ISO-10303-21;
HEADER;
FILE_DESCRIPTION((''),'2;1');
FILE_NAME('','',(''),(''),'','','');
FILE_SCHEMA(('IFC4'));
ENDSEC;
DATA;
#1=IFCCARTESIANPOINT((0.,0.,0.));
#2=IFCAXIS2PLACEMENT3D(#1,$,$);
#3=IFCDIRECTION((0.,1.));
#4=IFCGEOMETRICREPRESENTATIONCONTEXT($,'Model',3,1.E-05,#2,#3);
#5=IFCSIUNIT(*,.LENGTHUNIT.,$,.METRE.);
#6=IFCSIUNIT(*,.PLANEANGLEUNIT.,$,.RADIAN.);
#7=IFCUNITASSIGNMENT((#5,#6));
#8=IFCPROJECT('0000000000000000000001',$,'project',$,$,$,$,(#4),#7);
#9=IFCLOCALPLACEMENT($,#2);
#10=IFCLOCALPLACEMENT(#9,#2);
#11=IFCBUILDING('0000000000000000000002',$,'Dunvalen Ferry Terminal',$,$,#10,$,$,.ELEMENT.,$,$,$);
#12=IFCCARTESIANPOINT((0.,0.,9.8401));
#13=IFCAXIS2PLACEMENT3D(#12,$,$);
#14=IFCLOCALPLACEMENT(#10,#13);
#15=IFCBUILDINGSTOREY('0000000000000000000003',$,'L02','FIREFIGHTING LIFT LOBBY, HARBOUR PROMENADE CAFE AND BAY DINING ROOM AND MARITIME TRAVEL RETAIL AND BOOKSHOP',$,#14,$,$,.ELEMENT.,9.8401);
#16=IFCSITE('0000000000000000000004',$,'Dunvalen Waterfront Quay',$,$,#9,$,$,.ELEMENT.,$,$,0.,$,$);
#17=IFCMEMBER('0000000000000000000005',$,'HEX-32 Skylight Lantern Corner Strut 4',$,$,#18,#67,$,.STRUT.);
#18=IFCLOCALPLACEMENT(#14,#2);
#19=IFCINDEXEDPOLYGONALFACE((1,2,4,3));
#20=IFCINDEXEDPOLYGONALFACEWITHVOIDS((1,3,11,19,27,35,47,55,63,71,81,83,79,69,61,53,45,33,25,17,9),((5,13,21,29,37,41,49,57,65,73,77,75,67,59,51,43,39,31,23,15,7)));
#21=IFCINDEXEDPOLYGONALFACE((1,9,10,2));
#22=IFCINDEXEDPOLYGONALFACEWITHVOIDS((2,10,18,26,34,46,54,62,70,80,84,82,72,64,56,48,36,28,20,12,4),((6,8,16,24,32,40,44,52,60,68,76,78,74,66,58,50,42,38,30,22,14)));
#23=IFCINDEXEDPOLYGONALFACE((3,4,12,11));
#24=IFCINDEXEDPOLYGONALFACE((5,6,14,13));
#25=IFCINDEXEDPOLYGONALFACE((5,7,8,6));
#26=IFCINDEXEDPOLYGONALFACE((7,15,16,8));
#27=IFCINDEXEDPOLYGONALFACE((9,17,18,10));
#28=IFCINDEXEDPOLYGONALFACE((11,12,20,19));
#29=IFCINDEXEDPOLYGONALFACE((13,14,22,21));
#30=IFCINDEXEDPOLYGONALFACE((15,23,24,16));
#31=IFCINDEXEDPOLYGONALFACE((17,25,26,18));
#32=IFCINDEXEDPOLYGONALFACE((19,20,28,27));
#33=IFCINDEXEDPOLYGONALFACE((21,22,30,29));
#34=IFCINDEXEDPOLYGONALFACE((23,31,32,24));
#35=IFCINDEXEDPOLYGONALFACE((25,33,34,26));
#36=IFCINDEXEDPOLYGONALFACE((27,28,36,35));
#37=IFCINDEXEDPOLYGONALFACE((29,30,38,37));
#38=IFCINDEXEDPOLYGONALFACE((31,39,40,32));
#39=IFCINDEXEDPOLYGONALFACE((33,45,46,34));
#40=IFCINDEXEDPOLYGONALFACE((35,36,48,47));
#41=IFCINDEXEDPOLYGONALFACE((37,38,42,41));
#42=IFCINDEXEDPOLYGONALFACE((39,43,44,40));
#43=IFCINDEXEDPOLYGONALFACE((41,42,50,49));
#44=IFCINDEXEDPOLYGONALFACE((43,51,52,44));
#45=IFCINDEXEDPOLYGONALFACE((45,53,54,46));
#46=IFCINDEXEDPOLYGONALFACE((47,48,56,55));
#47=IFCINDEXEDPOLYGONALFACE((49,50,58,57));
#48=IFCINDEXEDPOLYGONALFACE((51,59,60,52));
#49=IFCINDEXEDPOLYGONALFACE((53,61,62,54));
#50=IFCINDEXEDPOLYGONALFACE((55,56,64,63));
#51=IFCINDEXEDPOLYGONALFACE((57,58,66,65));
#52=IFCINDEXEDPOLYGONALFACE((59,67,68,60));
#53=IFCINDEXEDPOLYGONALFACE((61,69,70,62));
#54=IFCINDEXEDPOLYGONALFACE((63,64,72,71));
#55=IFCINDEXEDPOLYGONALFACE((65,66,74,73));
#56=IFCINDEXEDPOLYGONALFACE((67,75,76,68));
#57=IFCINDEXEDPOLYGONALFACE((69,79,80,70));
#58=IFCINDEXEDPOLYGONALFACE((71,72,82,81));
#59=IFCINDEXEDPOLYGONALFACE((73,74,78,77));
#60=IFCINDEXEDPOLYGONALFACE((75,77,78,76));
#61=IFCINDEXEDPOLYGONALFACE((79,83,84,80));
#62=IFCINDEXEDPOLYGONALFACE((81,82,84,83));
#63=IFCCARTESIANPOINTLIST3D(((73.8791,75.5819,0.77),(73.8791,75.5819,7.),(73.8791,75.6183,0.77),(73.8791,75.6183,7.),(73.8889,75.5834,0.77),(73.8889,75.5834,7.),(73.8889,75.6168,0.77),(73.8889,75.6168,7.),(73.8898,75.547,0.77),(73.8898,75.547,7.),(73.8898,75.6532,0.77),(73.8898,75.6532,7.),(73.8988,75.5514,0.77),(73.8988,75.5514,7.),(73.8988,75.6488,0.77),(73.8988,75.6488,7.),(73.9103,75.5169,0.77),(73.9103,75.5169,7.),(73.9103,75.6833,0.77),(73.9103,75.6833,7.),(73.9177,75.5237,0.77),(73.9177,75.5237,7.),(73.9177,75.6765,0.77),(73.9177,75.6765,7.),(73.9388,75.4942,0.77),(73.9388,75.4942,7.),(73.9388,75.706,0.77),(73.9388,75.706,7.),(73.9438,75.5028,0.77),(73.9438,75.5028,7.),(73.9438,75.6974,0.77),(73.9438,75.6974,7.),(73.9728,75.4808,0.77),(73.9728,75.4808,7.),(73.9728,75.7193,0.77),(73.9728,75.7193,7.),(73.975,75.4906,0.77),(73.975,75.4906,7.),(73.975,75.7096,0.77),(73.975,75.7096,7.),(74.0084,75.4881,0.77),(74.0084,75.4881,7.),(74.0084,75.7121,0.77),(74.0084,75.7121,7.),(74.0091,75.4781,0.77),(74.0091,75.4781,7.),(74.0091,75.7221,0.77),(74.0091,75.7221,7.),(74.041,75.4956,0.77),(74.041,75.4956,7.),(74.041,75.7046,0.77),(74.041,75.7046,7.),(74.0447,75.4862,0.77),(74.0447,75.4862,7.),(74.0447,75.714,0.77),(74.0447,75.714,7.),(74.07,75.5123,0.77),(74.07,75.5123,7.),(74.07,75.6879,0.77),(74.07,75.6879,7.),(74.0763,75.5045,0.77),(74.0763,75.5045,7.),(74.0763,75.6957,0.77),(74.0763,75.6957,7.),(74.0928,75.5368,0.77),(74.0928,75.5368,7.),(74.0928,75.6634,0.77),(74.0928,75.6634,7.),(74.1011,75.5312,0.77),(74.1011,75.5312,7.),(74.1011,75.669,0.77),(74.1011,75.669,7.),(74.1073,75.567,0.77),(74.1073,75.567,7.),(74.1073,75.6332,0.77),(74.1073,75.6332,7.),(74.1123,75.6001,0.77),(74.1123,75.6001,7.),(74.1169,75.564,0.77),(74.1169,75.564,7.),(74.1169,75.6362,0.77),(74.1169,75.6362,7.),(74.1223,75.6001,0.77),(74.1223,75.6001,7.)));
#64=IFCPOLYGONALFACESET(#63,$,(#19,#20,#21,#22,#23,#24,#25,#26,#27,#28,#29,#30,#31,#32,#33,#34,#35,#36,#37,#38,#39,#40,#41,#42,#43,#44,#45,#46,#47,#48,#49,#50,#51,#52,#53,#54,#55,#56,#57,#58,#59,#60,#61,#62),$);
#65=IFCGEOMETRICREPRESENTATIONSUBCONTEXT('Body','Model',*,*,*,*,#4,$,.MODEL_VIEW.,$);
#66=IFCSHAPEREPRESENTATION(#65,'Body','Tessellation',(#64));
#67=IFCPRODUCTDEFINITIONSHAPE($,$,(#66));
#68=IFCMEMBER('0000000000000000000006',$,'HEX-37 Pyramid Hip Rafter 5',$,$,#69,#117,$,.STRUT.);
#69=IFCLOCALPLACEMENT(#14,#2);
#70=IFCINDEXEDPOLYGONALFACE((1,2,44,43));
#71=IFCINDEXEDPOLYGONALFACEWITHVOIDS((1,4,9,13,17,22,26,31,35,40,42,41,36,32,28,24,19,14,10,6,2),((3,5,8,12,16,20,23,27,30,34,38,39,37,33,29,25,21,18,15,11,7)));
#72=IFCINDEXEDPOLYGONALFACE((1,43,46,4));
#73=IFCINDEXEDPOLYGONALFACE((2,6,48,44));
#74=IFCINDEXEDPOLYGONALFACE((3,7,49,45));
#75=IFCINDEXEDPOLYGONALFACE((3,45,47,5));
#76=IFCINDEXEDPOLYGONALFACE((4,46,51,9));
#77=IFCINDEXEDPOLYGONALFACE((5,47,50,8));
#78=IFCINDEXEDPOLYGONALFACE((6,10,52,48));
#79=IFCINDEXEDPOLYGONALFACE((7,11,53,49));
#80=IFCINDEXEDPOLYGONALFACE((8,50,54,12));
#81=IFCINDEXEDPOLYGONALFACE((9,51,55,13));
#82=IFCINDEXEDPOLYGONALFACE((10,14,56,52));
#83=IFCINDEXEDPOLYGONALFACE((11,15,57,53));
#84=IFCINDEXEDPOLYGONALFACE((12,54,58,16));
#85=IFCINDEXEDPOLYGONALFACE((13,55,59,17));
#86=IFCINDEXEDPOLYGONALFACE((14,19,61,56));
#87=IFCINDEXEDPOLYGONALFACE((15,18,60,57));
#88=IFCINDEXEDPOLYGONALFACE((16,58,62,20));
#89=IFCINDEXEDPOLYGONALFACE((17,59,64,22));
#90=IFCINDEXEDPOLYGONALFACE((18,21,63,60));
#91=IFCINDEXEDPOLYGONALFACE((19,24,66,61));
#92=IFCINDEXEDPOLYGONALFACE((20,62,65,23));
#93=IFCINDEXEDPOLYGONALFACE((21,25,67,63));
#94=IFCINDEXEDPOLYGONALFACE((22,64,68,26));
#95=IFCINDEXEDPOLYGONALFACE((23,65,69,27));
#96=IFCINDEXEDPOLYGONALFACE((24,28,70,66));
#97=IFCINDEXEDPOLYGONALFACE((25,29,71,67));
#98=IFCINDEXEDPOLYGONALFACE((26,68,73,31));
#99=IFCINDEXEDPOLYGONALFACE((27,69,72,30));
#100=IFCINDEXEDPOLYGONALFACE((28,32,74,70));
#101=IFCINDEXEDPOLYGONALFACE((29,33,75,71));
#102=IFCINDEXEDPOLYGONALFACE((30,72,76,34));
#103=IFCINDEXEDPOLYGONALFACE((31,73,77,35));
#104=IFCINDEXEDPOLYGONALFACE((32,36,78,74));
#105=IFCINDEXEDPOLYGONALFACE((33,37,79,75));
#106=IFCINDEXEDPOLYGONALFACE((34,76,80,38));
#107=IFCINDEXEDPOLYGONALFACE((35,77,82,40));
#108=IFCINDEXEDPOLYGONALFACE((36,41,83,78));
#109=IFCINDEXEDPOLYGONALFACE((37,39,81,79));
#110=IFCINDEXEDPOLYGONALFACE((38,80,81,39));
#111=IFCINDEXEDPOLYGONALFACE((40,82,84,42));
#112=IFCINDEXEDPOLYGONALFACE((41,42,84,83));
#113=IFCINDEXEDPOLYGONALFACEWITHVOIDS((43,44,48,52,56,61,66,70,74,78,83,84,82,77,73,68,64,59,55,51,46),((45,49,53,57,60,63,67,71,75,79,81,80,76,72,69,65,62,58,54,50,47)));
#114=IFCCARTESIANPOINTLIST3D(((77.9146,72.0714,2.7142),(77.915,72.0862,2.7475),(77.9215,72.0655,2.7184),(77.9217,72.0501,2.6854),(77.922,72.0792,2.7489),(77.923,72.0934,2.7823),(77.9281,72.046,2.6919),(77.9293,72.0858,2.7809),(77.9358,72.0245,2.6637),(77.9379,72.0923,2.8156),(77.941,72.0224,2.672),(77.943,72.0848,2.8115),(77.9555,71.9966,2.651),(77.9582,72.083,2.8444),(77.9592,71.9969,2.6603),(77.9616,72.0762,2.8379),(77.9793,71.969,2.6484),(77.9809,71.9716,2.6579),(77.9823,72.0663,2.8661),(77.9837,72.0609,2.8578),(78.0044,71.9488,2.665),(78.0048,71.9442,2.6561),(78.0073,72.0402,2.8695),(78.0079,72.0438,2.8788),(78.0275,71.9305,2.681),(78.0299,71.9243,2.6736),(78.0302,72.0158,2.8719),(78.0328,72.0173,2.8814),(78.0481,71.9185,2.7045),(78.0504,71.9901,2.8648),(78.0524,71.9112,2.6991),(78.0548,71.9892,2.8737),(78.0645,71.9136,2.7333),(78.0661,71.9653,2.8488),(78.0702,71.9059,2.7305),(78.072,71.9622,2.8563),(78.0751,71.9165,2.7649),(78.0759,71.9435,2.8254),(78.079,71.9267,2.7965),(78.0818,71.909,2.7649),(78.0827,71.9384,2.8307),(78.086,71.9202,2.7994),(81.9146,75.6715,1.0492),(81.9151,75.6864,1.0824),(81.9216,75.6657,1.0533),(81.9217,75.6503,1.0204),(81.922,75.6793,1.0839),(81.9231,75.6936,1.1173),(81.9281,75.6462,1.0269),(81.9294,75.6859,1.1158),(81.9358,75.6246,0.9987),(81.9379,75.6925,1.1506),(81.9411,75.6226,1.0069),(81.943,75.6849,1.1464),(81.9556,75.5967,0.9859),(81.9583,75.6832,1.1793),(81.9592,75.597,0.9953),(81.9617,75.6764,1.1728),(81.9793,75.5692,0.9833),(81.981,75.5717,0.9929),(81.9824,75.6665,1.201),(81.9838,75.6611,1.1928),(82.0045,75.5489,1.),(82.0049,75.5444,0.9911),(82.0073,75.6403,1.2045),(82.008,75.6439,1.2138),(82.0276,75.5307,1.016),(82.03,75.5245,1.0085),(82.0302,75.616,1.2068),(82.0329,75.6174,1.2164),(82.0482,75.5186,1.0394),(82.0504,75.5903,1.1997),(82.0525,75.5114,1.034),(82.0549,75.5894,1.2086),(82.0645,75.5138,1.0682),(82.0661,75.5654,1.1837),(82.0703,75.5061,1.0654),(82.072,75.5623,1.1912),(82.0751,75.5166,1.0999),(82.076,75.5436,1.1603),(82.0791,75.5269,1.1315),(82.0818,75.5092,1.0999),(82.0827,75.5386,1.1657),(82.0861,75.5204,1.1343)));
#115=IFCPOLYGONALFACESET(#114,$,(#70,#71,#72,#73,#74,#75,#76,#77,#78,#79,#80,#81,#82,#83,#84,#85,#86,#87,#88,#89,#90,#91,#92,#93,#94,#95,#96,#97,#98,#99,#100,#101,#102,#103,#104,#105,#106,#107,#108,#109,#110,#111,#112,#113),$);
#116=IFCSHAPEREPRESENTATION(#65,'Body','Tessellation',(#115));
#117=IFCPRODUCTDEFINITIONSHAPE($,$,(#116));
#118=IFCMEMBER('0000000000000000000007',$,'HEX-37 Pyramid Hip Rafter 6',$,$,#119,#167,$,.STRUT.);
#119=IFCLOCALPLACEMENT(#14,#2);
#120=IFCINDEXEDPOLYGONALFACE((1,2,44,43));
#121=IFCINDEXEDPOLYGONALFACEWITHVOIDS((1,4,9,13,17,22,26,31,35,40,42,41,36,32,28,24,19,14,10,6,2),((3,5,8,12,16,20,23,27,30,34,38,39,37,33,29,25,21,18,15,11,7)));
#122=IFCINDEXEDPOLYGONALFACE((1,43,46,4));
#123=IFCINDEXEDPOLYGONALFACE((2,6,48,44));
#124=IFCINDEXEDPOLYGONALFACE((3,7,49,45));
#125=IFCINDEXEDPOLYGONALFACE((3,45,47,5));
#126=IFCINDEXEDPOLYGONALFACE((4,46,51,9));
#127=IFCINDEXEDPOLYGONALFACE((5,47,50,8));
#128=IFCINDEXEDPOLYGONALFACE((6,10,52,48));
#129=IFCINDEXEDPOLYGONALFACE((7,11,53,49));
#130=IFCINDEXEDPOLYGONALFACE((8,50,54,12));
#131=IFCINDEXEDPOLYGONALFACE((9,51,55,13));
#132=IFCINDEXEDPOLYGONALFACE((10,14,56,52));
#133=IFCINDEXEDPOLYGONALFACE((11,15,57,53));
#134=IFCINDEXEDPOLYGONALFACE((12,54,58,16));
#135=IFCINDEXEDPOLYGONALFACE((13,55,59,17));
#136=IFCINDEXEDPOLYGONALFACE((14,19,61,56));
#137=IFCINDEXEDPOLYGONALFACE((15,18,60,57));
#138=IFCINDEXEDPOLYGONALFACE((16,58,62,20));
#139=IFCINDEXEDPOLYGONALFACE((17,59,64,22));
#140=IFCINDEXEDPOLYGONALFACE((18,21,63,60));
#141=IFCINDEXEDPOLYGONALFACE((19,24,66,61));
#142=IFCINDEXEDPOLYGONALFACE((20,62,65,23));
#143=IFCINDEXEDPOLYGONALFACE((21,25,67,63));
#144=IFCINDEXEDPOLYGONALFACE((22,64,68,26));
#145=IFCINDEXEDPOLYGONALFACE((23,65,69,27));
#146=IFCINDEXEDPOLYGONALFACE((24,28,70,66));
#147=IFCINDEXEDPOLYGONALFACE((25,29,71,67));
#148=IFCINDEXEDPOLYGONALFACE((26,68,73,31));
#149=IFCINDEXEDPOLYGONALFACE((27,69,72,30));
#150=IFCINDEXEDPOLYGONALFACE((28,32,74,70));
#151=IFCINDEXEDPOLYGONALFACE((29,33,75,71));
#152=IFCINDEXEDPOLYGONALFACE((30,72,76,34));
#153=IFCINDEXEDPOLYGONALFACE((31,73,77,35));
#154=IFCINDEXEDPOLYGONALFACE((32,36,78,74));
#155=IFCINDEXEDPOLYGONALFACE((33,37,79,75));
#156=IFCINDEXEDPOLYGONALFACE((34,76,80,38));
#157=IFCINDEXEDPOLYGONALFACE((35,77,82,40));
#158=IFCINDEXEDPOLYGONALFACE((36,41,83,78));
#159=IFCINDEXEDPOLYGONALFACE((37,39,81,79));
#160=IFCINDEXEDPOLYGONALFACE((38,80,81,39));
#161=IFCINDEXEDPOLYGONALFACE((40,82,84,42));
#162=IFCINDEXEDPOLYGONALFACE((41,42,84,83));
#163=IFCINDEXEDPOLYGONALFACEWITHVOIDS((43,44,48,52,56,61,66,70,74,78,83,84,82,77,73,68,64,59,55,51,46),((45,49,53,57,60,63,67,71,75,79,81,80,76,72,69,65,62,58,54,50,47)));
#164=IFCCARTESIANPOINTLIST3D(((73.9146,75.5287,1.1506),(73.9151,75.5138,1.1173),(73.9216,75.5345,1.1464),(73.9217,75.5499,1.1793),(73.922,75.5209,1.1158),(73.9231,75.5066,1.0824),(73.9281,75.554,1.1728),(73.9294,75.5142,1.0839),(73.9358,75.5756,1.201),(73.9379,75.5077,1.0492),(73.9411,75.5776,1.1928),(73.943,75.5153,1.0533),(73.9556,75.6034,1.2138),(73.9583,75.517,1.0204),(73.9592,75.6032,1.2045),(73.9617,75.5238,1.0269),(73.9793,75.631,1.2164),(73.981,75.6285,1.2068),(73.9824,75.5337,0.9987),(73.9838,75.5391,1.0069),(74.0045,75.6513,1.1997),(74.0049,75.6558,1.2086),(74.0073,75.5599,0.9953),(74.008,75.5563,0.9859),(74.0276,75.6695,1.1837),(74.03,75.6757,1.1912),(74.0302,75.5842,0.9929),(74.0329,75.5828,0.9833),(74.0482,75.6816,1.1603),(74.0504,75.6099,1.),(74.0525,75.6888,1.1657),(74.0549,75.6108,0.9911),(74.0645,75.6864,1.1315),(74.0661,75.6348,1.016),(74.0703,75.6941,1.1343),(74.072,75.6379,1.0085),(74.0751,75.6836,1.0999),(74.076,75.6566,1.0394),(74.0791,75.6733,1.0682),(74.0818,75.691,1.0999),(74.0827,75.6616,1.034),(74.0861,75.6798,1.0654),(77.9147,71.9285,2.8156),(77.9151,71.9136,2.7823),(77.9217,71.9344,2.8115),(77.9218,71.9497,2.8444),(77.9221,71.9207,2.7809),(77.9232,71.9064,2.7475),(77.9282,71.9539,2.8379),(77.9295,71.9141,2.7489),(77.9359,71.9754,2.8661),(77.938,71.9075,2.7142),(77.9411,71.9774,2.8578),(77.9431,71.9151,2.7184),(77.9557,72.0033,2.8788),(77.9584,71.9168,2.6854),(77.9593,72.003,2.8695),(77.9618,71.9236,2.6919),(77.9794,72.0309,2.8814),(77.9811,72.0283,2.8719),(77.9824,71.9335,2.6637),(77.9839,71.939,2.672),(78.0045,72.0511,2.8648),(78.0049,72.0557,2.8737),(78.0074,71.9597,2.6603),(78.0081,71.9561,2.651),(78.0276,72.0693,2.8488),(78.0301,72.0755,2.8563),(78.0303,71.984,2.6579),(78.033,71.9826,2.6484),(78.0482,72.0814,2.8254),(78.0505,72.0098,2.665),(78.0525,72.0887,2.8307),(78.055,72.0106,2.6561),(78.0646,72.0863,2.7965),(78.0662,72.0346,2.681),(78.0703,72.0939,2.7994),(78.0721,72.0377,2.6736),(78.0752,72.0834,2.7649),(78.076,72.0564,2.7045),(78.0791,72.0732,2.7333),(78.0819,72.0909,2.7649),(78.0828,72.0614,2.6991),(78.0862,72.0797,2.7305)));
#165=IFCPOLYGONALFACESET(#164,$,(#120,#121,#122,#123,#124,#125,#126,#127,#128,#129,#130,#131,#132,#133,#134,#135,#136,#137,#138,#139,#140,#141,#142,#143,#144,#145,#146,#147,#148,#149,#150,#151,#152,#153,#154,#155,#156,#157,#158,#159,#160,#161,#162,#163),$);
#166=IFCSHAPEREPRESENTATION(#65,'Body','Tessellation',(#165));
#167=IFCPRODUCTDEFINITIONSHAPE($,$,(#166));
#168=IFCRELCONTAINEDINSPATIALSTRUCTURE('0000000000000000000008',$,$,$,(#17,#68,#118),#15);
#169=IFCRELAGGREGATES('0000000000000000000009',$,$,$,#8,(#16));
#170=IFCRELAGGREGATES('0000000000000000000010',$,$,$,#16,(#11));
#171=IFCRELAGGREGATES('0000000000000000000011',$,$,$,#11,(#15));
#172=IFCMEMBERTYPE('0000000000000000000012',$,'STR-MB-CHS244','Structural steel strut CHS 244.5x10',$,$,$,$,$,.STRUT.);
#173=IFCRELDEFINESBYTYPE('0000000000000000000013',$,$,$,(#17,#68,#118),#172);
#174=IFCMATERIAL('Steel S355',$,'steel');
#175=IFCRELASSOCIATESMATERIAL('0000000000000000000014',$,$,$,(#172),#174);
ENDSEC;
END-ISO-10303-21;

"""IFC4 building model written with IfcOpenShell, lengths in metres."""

from ifc_helpers import new_model, si_unit, direction, frame, origin, origin_2d, place, context, subcontext, project, spatial, hollow_circle, extrude, material, material_profile, profile_set, type_object, element, save


model = new_model("IFC4")

# Units and contexts
model_context = context("Model", 3, precision=1e-05, world=origin(), true_north=direction((0.0, 1.0)))
body_context = subcontext(model_context, "Body", "Model", "MODEL_VIEW")
ifc_project = project(units=[si_unit("LENGTHUNIT", "METRE"), si_unit("PLANEANGLEUNIT", "RADIAN")], contexts=[model_context])

# Site, building, storey
site_placement = place(None, origin())
site = spatial("IfcSite", under=ifc_project, at=site_placement, Name="Dunvalen Waterfront Quay", CompositionType="ELEMENT", RefElevation=0.0)
building_placement = place(site_placement, origin())
building = spatial("IfcBuilding", under=site, at=building_placement, Name="Dunvalen Ferry Terminal", CompositionType="ELEMENT")
storey_placement = place(building_placement, frame((0.0, 0.0, 9.8401)))
storey = spatial("IfcBuildingStorey", under=building, at=storey_placement, Name="L02", Description="FIREFIGHTING LIFT LOBBY, HARBOUR PROMENADE CAFE AND BAY DINING ROOM AND MARITIME TRAVEL RETAIL AND BOOKSHOP", CompositionType="ELEMENT", Elevation=9.8401)

# Shared definitions
ifc_material_1 = material(Name="Steel S355", Category="steel")

# Members
ifc_material_profile_1 = material_profile(ifc_material_1, hollow_circle(Radius=0.1223, WallThickness=0.01, at=origin_2d()), Name="Steel S355")
ifc_profile_set_1 = profile_set([ifc_material_profile_1], Name="Steel S355")
member_type_1 = type_object("IfcMemberType", Name="STR-MB-CHS244", Description="Structural steel strut CHS 244.5x10", PredefinedType="STRUT", material=ifc_profile_set_1)
member_1_placement = place(storey_placement, frame((74.0, 75.6001, 0.77), z_axis=(0.0, 0.0, 1.0), x_axis=(1.0, 0.0, 0.0)))
element("IfcMember", 1, at=member_1_placement, inside=storey, type_object=member_type_1, Name="HEX-32 Skylight Lantern Corner Strut 4", PredefinedType="STRUT", context=body_context, shape_type="SweptSolid", body=[
    extrude(hollow_circle(Radius=0.1223, WallThickness=0.01, at=origin_2d()), origin(), (0.0, 0.0, 1.0), 6.23),
])
for number, where, z_axis, x_axis, name in (
    (2, (82.0, 75.6001, 1.0999), (-0.710075, -0.639085, 0.295576), (0.668975, -0.743285, 0.0), "HEX-37 Pyramid Hip Rafter 5"),
    (3, (74.0, 75.6001, 1.0999), (0.710075, -0.639085, 0.295576), (0.668975, 0.743285, 0.0), "HEX-37 Pyramid Hip Rafter 6"),
):
    element("IfcMember", number, at=place(storey_placement, frame(where, z_axis=z_axis, x_axis=x_axis)), inside=storey, type_object=member_type_1, Name=name, PredefinedType="STRUT", context=body_context, shape_type="SweptSolid", body=[
        extrude(hollow_circle(Radius=0.1223, WallThickness=0.01, at=origin_2d()), origin(), (0.0, 0.0, 1.0), 5.6333),
    ])

save(model, "model.ifc")
